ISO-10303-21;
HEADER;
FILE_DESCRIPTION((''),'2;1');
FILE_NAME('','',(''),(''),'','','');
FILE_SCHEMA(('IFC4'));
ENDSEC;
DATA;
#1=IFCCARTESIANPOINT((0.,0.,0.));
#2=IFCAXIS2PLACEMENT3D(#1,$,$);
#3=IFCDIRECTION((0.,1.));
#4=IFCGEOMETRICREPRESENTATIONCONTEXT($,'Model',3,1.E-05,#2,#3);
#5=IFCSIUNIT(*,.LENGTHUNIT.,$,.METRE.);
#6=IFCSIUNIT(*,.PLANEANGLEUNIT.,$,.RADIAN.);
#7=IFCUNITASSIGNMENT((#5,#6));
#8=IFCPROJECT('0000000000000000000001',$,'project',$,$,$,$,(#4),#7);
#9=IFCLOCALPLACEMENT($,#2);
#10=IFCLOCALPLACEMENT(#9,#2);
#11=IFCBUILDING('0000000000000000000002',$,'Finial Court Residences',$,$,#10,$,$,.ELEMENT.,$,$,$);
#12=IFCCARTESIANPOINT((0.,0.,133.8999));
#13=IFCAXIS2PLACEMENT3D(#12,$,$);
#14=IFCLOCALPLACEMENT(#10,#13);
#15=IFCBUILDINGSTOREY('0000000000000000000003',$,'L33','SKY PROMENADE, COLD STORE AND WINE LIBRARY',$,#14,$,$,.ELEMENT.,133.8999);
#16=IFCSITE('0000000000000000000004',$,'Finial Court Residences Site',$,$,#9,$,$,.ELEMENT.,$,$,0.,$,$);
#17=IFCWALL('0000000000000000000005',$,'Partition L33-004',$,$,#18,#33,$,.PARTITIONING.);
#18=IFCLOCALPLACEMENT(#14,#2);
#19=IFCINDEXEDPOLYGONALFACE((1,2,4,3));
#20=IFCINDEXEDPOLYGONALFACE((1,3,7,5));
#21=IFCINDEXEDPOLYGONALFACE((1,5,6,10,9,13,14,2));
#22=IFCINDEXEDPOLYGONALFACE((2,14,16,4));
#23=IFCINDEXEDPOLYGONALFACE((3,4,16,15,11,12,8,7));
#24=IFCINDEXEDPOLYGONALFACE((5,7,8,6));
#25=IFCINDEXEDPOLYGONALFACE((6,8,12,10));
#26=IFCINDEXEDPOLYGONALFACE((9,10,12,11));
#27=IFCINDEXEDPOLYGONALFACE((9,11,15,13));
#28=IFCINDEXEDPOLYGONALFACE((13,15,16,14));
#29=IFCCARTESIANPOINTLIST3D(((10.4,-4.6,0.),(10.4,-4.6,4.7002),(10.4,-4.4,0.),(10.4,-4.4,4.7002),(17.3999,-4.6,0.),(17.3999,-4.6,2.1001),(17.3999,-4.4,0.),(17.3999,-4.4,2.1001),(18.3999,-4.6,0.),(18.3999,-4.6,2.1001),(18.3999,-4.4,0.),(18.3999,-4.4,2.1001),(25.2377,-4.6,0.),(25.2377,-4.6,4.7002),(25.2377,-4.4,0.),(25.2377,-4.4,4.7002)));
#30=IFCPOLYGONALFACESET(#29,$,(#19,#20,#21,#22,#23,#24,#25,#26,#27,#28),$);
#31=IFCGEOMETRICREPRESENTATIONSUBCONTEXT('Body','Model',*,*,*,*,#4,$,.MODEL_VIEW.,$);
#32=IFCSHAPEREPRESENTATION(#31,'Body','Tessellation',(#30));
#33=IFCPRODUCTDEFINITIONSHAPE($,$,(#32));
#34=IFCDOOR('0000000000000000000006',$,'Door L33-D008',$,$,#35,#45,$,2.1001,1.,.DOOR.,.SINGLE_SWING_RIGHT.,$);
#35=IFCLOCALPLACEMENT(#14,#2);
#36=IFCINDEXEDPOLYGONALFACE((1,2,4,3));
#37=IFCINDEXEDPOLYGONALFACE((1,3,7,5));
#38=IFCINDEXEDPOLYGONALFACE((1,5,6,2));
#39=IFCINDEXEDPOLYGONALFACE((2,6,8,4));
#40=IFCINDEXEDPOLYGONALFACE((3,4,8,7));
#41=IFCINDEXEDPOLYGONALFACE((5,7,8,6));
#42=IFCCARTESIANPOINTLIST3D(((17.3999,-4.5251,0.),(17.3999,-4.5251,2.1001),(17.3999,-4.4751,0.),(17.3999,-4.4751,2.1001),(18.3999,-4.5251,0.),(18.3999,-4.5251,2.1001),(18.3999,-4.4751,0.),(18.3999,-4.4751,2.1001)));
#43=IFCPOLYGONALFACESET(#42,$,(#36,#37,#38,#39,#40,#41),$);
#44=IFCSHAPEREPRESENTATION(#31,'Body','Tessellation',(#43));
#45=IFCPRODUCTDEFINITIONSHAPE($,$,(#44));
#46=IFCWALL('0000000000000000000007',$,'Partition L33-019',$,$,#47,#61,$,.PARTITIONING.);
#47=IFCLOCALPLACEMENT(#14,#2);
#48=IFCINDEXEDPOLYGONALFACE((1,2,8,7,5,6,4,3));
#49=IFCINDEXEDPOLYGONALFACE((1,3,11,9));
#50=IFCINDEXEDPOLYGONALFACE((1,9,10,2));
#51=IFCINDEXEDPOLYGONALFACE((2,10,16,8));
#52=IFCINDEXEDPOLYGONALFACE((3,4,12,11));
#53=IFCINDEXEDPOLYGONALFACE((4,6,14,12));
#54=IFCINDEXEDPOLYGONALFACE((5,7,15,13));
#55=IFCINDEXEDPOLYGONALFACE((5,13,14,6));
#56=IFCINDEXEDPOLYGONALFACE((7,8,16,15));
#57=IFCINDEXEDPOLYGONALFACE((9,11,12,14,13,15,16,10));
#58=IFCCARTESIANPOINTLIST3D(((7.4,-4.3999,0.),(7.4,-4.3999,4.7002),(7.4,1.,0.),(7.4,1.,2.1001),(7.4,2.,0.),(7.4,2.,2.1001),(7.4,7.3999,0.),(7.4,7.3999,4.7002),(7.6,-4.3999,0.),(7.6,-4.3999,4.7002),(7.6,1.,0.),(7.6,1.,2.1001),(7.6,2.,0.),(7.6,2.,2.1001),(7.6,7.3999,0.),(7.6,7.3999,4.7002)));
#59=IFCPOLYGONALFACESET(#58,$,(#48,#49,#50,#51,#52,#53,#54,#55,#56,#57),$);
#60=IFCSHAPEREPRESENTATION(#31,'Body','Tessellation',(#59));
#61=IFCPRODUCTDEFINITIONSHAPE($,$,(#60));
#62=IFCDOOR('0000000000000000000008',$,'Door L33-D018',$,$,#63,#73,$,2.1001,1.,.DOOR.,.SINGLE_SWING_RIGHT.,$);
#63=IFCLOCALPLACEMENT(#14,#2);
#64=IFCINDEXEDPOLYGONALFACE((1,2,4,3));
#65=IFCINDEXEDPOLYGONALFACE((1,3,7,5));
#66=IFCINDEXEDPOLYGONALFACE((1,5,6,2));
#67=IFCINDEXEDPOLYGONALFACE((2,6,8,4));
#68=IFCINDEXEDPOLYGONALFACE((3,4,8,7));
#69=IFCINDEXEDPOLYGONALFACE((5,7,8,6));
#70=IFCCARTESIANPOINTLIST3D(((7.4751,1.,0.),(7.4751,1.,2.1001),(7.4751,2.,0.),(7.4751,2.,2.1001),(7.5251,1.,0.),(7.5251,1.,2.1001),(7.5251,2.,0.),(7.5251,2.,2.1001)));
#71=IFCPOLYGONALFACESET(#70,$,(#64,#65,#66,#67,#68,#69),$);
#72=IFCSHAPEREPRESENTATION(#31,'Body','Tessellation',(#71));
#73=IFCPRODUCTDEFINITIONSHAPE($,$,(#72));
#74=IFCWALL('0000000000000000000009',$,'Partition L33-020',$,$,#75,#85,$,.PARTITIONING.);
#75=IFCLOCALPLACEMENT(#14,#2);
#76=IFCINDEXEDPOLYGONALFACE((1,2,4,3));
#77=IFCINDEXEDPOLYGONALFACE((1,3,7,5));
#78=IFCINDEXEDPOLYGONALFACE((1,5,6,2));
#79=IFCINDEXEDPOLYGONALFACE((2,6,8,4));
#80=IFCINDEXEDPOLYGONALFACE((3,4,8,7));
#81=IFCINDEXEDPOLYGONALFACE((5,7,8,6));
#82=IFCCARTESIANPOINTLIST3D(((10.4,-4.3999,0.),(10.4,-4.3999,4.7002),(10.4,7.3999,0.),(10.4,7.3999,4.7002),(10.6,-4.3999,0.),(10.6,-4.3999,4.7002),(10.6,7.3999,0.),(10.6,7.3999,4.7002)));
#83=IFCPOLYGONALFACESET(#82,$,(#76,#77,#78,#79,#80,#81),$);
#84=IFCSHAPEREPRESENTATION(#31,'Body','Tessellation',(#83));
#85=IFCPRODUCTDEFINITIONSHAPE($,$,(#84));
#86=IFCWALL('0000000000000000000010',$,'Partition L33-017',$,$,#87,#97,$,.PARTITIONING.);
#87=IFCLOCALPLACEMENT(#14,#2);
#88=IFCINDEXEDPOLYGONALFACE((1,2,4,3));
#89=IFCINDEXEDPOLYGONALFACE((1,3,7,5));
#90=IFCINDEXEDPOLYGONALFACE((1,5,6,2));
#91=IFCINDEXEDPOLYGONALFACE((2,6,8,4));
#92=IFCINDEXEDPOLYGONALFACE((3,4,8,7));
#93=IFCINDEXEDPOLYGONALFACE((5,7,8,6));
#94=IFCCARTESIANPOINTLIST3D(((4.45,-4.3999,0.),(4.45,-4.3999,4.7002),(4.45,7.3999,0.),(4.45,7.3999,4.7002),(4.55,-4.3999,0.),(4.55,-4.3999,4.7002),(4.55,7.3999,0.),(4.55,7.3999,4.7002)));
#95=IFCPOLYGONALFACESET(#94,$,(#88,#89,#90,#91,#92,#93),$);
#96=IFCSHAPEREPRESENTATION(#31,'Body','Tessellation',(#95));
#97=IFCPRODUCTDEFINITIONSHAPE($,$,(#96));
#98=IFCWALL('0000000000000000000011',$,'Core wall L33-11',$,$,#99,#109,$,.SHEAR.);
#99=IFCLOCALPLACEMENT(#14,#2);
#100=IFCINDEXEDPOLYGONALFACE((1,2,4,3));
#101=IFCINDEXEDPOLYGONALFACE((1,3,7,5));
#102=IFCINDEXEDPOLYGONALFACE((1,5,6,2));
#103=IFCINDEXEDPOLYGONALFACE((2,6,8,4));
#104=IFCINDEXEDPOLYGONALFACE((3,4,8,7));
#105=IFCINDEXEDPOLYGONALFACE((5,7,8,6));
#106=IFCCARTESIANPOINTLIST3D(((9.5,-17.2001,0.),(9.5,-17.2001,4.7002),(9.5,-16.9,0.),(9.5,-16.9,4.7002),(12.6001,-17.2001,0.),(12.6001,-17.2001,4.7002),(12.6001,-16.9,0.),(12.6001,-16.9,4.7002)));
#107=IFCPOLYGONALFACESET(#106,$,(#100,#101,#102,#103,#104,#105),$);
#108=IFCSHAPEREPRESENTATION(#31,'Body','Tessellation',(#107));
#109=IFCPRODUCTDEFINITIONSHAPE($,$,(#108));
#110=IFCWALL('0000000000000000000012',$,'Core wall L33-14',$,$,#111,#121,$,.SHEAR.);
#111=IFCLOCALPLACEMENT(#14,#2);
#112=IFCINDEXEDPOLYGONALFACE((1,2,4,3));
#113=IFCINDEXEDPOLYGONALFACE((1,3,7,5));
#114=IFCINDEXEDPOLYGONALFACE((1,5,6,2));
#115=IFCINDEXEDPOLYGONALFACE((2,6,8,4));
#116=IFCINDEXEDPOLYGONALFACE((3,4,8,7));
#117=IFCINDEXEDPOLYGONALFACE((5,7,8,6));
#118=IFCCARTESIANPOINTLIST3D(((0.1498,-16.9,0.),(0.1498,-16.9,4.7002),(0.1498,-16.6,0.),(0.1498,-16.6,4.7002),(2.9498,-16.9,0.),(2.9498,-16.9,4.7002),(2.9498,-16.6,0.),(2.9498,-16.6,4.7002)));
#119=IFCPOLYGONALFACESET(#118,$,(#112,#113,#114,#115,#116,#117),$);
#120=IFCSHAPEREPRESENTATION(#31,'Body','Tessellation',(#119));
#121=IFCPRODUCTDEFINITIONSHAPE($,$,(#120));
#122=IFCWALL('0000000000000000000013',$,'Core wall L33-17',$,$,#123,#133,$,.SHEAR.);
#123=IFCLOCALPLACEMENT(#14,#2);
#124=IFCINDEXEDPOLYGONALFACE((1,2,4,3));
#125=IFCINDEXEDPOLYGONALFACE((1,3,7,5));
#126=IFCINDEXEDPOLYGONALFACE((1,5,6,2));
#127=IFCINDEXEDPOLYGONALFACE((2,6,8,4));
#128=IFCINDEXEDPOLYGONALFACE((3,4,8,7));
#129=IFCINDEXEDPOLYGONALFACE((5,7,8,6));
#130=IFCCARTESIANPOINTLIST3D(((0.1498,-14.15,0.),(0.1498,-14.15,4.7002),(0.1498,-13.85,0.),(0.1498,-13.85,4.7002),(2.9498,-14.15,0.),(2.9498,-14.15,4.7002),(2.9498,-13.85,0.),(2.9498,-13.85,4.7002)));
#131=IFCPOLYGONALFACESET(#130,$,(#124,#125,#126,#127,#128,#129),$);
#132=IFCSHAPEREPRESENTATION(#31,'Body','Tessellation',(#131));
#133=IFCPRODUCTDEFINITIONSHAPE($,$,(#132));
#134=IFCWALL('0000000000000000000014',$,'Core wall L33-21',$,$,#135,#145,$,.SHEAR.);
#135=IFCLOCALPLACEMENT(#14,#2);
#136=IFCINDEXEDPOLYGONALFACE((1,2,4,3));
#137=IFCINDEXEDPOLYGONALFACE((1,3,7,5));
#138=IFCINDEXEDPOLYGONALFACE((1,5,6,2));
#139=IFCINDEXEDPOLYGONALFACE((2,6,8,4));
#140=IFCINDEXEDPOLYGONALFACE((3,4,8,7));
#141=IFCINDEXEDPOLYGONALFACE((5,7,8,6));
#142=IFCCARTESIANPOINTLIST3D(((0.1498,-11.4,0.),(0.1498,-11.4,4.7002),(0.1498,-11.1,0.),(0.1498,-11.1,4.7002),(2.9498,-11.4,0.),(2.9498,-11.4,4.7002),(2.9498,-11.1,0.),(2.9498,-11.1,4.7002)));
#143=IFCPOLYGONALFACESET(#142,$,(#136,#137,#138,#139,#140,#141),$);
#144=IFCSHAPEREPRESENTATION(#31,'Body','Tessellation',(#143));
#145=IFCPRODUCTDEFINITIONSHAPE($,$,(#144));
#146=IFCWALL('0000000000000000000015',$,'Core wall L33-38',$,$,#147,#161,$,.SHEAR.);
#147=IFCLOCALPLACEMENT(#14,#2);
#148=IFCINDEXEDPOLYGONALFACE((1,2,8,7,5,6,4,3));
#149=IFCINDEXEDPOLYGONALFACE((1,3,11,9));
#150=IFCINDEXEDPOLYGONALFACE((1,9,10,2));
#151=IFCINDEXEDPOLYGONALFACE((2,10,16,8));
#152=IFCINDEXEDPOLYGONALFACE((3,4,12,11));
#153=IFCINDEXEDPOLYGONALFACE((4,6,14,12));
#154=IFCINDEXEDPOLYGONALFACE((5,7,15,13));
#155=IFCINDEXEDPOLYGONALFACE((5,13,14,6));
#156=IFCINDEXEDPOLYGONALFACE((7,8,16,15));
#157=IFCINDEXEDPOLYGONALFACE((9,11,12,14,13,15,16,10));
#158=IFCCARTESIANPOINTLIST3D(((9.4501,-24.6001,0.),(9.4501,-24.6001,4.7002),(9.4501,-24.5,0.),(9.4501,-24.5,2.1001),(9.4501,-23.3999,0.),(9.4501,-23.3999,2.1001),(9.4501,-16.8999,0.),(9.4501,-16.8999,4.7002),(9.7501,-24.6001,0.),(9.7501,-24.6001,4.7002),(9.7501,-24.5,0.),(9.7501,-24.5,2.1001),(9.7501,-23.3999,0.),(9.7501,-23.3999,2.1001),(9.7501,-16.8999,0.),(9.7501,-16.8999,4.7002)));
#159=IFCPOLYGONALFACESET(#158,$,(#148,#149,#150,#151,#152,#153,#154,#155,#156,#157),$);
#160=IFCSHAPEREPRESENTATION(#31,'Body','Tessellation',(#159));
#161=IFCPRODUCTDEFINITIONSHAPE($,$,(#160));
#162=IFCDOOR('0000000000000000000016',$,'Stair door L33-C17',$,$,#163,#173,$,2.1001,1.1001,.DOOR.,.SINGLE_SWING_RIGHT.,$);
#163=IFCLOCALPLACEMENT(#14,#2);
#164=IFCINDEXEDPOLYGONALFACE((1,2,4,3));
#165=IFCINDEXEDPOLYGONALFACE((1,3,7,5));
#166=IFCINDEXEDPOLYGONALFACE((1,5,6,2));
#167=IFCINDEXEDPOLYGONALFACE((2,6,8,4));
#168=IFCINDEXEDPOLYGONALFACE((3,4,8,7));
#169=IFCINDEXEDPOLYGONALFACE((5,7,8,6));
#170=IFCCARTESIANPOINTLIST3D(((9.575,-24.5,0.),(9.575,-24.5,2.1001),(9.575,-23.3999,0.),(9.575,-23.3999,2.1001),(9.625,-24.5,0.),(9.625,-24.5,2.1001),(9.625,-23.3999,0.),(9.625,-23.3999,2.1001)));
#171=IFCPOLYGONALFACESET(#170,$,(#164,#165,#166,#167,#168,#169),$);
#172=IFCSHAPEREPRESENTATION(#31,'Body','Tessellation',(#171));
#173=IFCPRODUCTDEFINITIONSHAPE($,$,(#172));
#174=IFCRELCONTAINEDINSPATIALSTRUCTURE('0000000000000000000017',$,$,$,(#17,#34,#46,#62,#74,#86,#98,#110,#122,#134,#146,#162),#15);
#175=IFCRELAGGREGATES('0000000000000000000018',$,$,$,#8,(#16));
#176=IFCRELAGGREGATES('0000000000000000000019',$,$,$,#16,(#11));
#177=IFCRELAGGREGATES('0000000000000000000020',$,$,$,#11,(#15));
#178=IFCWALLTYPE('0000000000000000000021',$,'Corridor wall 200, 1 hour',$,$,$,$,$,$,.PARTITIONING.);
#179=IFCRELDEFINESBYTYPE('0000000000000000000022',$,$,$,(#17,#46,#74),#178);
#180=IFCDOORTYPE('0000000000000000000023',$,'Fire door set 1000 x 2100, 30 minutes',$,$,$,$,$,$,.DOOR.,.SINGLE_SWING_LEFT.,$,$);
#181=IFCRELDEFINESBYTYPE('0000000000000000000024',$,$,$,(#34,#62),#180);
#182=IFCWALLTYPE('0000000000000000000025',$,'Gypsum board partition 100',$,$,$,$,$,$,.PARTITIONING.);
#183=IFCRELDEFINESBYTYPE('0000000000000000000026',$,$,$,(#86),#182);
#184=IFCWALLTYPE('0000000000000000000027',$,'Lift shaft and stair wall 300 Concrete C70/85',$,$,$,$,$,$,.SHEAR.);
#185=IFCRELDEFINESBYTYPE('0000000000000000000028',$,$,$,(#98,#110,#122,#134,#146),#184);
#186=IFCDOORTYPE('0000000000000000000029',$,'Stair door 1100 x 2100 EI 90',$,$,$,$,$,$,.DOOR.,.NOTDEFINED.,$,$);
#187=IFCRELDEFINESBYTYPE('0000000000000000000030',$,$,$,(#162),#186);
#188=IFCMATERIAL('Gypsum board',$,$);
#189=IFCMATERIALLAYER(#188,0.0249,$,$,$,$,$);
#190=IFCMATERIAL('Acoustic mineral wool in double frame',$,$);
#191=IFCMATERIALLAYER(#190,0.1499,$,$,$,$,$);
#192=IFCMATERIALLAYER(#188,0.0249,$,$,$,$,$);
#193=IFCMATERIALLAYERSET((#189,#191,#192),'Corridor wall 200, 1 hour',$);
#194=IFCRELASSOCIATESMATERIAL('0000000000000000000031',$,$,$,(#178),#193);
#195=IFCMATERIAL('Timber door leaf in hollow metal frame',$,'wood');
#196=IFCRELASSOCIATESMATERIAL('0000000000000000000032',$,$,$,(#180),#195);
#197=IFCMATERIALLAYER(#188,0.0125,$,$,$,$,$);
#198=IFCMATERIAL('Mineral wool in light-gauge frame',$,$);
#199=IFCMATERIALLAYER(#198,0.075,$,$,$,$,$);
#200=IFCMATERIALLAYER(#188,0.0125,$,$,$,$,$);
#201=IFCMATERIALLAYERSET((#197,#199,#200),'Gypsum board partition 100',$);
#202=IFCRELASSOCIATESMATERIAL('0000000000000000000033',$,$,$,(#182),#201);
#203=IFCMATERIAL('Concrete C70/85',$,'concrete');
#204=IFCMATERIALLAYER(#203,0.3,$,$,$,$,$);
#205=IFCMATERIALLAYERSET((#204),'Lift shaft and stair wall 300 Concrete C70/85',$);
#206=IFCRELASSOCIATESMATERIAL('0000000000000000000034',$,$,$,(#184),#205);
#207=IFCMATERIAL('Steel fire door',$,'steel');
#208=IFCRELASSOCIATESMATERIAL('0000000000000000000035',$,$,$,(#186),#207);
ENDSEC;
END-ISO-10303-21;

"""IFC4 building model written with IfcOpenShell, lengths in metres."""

from ifc_helpers import new_model, si_unit, direction, frame, frame_2d, origin, place, context, subcontext, project, spatial, rectangle, extrude, material, layer, layer_set, type_object, element, fill, save


model = new_model("IFC4")

# Units and contexts
model_context = context("Model", 3, precision=1e-05, world=origin(), true_north=direction((0.0, 1.0)))
body_context = subcontext(model_context, "Body", "Model", "MODEL_VIEW")
ifc_project = project(units=[si_unit("LENGTHUNIT", "METRE"), si_unit("PLANEANGLEUNIT", "RADIAN")], contexts=[model_context])

# Site, building, storey
site_placement = place(None, origin())
site = spatial("IfcSite", under=ifc_project, at=site_placement, Name="Finial Court Residences Site", CompositionType="ELEMENT", RefElevation=0.0)
building_placement = place(site_placement, origin())
building = spatial("IfcBuilding", under=site, at=building_placement, Name="Finial Court Residences", CompositionType="ELEMENT")
storey_placement = place(building_placement, frame((0.0, 0.0, 133.8999)))
storey = spatial("IfcBuildingStorey", under=building, at=storey_placement, Name="L33", Description="SKY PROMENADE, COLD STORE AND WINE LIBRARY", CompositionType="ELEMENT", Elevation=133.8999)

# Shared definitions
ifc_material_1 = material(Name="Concrete C70/85", Category="concrete")

# Shared definitions
ifc_material_2 = material(Name="Steel fire door", Category="steel")
ifc_material_3 = material(Name="Gypsum board")
ifc_layer_1 = layer(ifc_material_3, 0.0249)
ifc_material_4 = material(Name="Acoustic mineral wool in double frame")
ifc_layer_2 = layer(ifc_material_4, 0.1499)
ifc_layer_3 = layer(ifc_material_3, 0.0249)
ifc_layer_set_1 = layer_set([ifc_layer_1, ifc_layer_2, ifc_layer_3], Name="Corridor wall 200, 1 hour")
wall_type_1 = type_object("IfcWallType", Name="Corridor wall 200, 1 hour", PredefinedType="PARTITIONING", material=ifc_layer_set_1)
ifc_material_5 = material(Name="Timber door leaf in hollow metal frame", Category="wood")

# Walls, openings, doors
wall_1_placement = place(storey_placement, frame((10.3999, -4.5, 0.0), z_axis=(0.0, 0.0, 1.0), x_axis=(1.0, 0.0, 0.0)))
wall_1 = element("IfcWall", 1, at=wall_1_placement, inside=storey, type_object=wall_type_1, Name="Partition L33-004", PredefinedType="PARTITIONING", context=body_context, shape_type="SweptSolid", body=[
    extrude(rectangle(XDim=14.8376, YDim=0.2, at=frame_2d((7.4189, 0.0))), origin(), (0.0, 0.0, 1.0), 4.7002),
])
opening_1_placement = place(wall_1_placement, frame((7.0, 0.0, 0.0)))
opening_1 = element("IfcOpeningElement", 2, at=opening_1_placement, cuts=wall_1, PredefinedType="OPENING", context=body_context, shape_type="SweptSolid", body=[
    extrude(rectangle(XDim=1.0, YDim=2.1001, at=frame_2d((0.5, 1.05))), frame((0.0, 0.1099, 0.0), z_axis=(0.0, -1.0, 0.0), x_axis=(1.0, 0.0, 0.0)), (0.0, 0.0, 1.0), 0.22),
])
door_type_1 = type_object("IfcDoorType", Name="Fire door set 1000 x 2100, 30 minutes", OperationType="SINGLE_SWING_LEFT", PredefinedType="DOOR", material=ifc_material_5)
door_1_placement = place(opening_1_placement, origin())
door_1 = element("IfcDoor", 3, at=door_1_placement, inside=storey, type_object=door_type_1, Name="Door L33-D008", OperationType="SINGLE_SWING_RIGHT", OverallHeight=2.1001, OverallWidth=1.0, PredefinedType="DOOR", context=body_context, shape_type="SweptSolid", body=[
    extrude(rectangle(XDim=1.0, YDim=2.1001, at=frame_2d((0.5, 1.05))), frame((0.0, 0.0249, 0.0), z_axis=(0.0, -1.0, 0.0), x_axis=(1.0, 0.0, 0.0)), (0.0, 0.0, 1.0), 0.05),
])
fill(opening_1, door_1)
wall_2_placement = place(storey_placement, frame((7.5, -4.3999, 0.0), z_axis=(0.0, 0.0, 1.0), x_axis=(0.0, 1.0, 0.0)))
wall_2 = element("IfcWall", 4, at=wall_2_placement, inside=storey, type_object=wall_type_1, Name="Partition L33-019", PredefinedType="PARTITIONING", context=body_context, shape_type="SweptSolid", body=[
    extrude(rectangle(XDim=11.7998, YDim=0.2, at=frame_2d((5.8999, 0.0))), origin(), (0.0, 0.0, 1.0), 4.7002),
])
opening_2_placement = place(wall_2_placement, frame((5.3999, 0.0, 0.0)))
opening_2 = element("IfcOpeningElement", 5, at=opening_2_placement, cuts=wall_2, PredefinedType="OPENING", context=body_context, shape_type="SweptSolid", body=[
    extrude(rectangle(XDim=1.0, YDim=2.1001, at=frame_2d((0.5, 1.05))), frame((0.0, 0.1099, 0.0), z_axis=(0.0, -1.0, 0.0), x_axis=(1.0, 0.0, 0.0)), (0.0, 0.0, 1.0), 0.22),
])
door_2_placement = place(opening_2_placement, origin())
door_2 = element("IfcDoor", 6, at=door_2_placement, inside=storey, type_object=door_type_1, Name="Door L33-D018", OperationType="SINGLE_SWING_RIGHT", OverallHeight=2.1001, OverallWidth=1.0, PredefinedType="DOOR", context=body_context, shape_type="SweptSolid", body=[
    extrude(rectangle(XDim=1.0, YDim=2.1001, at=frame_2d((0.5, 1.05))), frame((0.0, 0.0249, 0.0), z_axis=(0.0, -1.0, 0.0), x_axis=(1.0, 0.0, 0.0)), (0.0, 0.0, 1.0), 0.05),
])
fill(opening_2, door_2)

# Walls
wall_3_placement = place(storey_placement, frame((10.5, -4.3999, 0.0), z_axis=(0.0, 0.0, 1.0), x_axis=(0.0, 1.0, 0.0)))
element("IfcWall", 7, at=wall_3_placement, inside=storey, type_object=wall_type_1, Name="Partition L33-020", PredefinedType="PARTITIONING", context=body_context, shape_type="SweptSolid", body=[
    extrude(rectangle(XDim=11.7998, YDim=0.2, at=frame_2d((5.8999, 0.0))), origin(), (0.0, 0.0, 1.0), 4.7002),
])
ifc_layer_4 = layer(ifc_material_3, 0.0125)
ifc_material_6 = material(Name="Mineral wool in light-gauge frame")
ifc_layer_5 = layer(ifc_material_6, 0.075)
ifc_layer_6 = layer(ifc_material_3, 0.0125)
ifc_layer_set_2 = layer_set([ifc_layer_4, ifc_layer_5, ifc_layer_6], Name="Gypsum board partition 100")
wall_type_2 = type_object("IfcWallType", Name="Gypsum board partition 100", PredefinedType="PARTITIONING", material=ifc_layer_set_2)
wall_4_placement = place(storey_placement, frame((4.5, -4.3999, 0.0), z_axis=(0.0, 0.0, 1.0), x_axis=(0.0, 1.0, 0.0)))
element("IfcWall", 8, at=wall_4_placement, inside=storey, type_object=wall_type_2, Name="Partition L33-017", PredefinedType="PARTITIONING", context=body_context, shape_type="SweptSolid", body=[
    extrude(rectangle(XDim=11.7998, YDim=0.1001, at=frame_2d((5.8999, 0.0))), origin(), (0.0, 0.0, 1.0), 4.7002),
])
ifc_layer_7 = layer(ifc_material_1, 0.3)
ifc_layer_set_3 = layer_set([ifc_layer_7], Name="Lift shaft and stair wall 300 Concrete C70/85")
wall_type_3 = type_object("IfcWallType", Name="Lift shaft and stair wall 300 Concrete C70/85", PredefinedType="SHEAR", material=ifc_layer_set_3)
wall_5_placement = place(storey_placement, frame((9.5, -17.05, 0.0), z_axis=(0.0, 0.0, 1.0), x_axis=(1.0, 0.0, 0.0)))
element("IfcWall", 9, at=wall_5_placement, inside=storey, type_object=wall_type_3, Name="Core wall L33-11", PredefinedType="SHEAR", context=body_context, shape_type="SweptSolid", body=[
    extrude(rectangle(XDim=3.1001, YDim=0.3, at=frame_2d((1.55, 0.0))), origin(), (0.0, 0.0, 1.0), 4.7002),
])
for number, where, z_axis, x_axis, name in (
    (10, (0.1499, -16.75, 0.0), (0.0, 0.0, 1.0), (1.0, 0.0, 0.0), "Core wall L33-14"),
    (11, (0.1499, -14.0, 0.0), (0.0, 0.0, 1.0), (1.0, 0.0, 0.0), "Core wall L33-17"),
    (12, (0.1499, -11.25, 0.0), (0.0, 0.0, 1.0), (1.0, 0.0, 0.0), "Core wall L33-21"),
):
    element("IfcWall", number, at=place(storey_placement, frame(where, z_axis=z_axis, x_axis=x_axis)), inside=storey, type_object=wall_type_3, Name=name, PredefinedType="SHEAR", context=body_context, shape_type="SweptSolid", body=[
        extrude(rectangle(XDim=2.8, YDim=0.3, at=frame_2d((1.3999, 0.0))), origin(), (0.0, 0.0, 1.0), 4.7002),
    ])

# Wall, opening, door
wall_6_placement = place(storey_placement, frame((9.6001, -16.8999, 0.0), z_axis=(0.0, 0.0, 1.0), x_axis=(0.0, -1.0, 0.0)))
wall_6 = element("IfcWall", 13, at=wall_6_placement, inside=storey, type_object=wall_type_3, Name="Core wall L33-38", PredefinedType="SHEAR", context=body_context, shape_type="SweptSolid", body=[
    extrude(rectangle(XDim=7.7002, YDim=0.3, at=frame_2d((3.8501, 0.0))), origin(), (0.0, 0.0, 1.0), 4.7002),
])
opening_3_placement = place(wall_6_placement, frame((6.5, 0.0, 0.0)))
opening_3 = element("IfcOpeningElement", 14, at=opening_3_placement, cuts=wall_6, PredefinedType="OPENING", context=body_context, shape_type="SweptSolid", body=[
    extrude(rectangle(XDim=1.1001, YDim=2.1001, at=frame_2d((0.55, 1.05))), frame((0.0, 0.1599, 0.0), z_axis=(0.0, -1.0, 0.0), x_axis=(1.0, 0.0, 0.0)), (0.0, 0.0, 1.0), 0.3201),
])
door_type_2 = type_object("IfcDoorType", Name="Stair door 1100 x 2100 EI 90", OperationType="NOTDEFINED", PredefinedType="DOOR", material=ifc_material_2)
door_3_placement = place(opening_3_placement, origin())
door_3 = element("IfcDoor", 15, at=door_3_placement, inside=storey, type_object=door_type_2, Name="Stair door L33-C17", OperationType="SINGLE_SWING_RIGHT", OverallHeight=2.1001, OverallWidth=1.1001, PredefinedType="DOOR", context=body_context, shape_type="SweptSolid", body=[
    extrude(rectangle(XDim=1.1001, YDim=2.1001, at=frame_2d((0.55, 1.05))), frame((0.0, 0.0249, 0.0), z_axis=(0.0, -1.0, 0.0), x_axis=(1.0, 0.0, 0.0)), (0.0, 0.0, 1.0), 0.05),
])
fill(opening_3, door_3)

save(model, "model.ifc")
